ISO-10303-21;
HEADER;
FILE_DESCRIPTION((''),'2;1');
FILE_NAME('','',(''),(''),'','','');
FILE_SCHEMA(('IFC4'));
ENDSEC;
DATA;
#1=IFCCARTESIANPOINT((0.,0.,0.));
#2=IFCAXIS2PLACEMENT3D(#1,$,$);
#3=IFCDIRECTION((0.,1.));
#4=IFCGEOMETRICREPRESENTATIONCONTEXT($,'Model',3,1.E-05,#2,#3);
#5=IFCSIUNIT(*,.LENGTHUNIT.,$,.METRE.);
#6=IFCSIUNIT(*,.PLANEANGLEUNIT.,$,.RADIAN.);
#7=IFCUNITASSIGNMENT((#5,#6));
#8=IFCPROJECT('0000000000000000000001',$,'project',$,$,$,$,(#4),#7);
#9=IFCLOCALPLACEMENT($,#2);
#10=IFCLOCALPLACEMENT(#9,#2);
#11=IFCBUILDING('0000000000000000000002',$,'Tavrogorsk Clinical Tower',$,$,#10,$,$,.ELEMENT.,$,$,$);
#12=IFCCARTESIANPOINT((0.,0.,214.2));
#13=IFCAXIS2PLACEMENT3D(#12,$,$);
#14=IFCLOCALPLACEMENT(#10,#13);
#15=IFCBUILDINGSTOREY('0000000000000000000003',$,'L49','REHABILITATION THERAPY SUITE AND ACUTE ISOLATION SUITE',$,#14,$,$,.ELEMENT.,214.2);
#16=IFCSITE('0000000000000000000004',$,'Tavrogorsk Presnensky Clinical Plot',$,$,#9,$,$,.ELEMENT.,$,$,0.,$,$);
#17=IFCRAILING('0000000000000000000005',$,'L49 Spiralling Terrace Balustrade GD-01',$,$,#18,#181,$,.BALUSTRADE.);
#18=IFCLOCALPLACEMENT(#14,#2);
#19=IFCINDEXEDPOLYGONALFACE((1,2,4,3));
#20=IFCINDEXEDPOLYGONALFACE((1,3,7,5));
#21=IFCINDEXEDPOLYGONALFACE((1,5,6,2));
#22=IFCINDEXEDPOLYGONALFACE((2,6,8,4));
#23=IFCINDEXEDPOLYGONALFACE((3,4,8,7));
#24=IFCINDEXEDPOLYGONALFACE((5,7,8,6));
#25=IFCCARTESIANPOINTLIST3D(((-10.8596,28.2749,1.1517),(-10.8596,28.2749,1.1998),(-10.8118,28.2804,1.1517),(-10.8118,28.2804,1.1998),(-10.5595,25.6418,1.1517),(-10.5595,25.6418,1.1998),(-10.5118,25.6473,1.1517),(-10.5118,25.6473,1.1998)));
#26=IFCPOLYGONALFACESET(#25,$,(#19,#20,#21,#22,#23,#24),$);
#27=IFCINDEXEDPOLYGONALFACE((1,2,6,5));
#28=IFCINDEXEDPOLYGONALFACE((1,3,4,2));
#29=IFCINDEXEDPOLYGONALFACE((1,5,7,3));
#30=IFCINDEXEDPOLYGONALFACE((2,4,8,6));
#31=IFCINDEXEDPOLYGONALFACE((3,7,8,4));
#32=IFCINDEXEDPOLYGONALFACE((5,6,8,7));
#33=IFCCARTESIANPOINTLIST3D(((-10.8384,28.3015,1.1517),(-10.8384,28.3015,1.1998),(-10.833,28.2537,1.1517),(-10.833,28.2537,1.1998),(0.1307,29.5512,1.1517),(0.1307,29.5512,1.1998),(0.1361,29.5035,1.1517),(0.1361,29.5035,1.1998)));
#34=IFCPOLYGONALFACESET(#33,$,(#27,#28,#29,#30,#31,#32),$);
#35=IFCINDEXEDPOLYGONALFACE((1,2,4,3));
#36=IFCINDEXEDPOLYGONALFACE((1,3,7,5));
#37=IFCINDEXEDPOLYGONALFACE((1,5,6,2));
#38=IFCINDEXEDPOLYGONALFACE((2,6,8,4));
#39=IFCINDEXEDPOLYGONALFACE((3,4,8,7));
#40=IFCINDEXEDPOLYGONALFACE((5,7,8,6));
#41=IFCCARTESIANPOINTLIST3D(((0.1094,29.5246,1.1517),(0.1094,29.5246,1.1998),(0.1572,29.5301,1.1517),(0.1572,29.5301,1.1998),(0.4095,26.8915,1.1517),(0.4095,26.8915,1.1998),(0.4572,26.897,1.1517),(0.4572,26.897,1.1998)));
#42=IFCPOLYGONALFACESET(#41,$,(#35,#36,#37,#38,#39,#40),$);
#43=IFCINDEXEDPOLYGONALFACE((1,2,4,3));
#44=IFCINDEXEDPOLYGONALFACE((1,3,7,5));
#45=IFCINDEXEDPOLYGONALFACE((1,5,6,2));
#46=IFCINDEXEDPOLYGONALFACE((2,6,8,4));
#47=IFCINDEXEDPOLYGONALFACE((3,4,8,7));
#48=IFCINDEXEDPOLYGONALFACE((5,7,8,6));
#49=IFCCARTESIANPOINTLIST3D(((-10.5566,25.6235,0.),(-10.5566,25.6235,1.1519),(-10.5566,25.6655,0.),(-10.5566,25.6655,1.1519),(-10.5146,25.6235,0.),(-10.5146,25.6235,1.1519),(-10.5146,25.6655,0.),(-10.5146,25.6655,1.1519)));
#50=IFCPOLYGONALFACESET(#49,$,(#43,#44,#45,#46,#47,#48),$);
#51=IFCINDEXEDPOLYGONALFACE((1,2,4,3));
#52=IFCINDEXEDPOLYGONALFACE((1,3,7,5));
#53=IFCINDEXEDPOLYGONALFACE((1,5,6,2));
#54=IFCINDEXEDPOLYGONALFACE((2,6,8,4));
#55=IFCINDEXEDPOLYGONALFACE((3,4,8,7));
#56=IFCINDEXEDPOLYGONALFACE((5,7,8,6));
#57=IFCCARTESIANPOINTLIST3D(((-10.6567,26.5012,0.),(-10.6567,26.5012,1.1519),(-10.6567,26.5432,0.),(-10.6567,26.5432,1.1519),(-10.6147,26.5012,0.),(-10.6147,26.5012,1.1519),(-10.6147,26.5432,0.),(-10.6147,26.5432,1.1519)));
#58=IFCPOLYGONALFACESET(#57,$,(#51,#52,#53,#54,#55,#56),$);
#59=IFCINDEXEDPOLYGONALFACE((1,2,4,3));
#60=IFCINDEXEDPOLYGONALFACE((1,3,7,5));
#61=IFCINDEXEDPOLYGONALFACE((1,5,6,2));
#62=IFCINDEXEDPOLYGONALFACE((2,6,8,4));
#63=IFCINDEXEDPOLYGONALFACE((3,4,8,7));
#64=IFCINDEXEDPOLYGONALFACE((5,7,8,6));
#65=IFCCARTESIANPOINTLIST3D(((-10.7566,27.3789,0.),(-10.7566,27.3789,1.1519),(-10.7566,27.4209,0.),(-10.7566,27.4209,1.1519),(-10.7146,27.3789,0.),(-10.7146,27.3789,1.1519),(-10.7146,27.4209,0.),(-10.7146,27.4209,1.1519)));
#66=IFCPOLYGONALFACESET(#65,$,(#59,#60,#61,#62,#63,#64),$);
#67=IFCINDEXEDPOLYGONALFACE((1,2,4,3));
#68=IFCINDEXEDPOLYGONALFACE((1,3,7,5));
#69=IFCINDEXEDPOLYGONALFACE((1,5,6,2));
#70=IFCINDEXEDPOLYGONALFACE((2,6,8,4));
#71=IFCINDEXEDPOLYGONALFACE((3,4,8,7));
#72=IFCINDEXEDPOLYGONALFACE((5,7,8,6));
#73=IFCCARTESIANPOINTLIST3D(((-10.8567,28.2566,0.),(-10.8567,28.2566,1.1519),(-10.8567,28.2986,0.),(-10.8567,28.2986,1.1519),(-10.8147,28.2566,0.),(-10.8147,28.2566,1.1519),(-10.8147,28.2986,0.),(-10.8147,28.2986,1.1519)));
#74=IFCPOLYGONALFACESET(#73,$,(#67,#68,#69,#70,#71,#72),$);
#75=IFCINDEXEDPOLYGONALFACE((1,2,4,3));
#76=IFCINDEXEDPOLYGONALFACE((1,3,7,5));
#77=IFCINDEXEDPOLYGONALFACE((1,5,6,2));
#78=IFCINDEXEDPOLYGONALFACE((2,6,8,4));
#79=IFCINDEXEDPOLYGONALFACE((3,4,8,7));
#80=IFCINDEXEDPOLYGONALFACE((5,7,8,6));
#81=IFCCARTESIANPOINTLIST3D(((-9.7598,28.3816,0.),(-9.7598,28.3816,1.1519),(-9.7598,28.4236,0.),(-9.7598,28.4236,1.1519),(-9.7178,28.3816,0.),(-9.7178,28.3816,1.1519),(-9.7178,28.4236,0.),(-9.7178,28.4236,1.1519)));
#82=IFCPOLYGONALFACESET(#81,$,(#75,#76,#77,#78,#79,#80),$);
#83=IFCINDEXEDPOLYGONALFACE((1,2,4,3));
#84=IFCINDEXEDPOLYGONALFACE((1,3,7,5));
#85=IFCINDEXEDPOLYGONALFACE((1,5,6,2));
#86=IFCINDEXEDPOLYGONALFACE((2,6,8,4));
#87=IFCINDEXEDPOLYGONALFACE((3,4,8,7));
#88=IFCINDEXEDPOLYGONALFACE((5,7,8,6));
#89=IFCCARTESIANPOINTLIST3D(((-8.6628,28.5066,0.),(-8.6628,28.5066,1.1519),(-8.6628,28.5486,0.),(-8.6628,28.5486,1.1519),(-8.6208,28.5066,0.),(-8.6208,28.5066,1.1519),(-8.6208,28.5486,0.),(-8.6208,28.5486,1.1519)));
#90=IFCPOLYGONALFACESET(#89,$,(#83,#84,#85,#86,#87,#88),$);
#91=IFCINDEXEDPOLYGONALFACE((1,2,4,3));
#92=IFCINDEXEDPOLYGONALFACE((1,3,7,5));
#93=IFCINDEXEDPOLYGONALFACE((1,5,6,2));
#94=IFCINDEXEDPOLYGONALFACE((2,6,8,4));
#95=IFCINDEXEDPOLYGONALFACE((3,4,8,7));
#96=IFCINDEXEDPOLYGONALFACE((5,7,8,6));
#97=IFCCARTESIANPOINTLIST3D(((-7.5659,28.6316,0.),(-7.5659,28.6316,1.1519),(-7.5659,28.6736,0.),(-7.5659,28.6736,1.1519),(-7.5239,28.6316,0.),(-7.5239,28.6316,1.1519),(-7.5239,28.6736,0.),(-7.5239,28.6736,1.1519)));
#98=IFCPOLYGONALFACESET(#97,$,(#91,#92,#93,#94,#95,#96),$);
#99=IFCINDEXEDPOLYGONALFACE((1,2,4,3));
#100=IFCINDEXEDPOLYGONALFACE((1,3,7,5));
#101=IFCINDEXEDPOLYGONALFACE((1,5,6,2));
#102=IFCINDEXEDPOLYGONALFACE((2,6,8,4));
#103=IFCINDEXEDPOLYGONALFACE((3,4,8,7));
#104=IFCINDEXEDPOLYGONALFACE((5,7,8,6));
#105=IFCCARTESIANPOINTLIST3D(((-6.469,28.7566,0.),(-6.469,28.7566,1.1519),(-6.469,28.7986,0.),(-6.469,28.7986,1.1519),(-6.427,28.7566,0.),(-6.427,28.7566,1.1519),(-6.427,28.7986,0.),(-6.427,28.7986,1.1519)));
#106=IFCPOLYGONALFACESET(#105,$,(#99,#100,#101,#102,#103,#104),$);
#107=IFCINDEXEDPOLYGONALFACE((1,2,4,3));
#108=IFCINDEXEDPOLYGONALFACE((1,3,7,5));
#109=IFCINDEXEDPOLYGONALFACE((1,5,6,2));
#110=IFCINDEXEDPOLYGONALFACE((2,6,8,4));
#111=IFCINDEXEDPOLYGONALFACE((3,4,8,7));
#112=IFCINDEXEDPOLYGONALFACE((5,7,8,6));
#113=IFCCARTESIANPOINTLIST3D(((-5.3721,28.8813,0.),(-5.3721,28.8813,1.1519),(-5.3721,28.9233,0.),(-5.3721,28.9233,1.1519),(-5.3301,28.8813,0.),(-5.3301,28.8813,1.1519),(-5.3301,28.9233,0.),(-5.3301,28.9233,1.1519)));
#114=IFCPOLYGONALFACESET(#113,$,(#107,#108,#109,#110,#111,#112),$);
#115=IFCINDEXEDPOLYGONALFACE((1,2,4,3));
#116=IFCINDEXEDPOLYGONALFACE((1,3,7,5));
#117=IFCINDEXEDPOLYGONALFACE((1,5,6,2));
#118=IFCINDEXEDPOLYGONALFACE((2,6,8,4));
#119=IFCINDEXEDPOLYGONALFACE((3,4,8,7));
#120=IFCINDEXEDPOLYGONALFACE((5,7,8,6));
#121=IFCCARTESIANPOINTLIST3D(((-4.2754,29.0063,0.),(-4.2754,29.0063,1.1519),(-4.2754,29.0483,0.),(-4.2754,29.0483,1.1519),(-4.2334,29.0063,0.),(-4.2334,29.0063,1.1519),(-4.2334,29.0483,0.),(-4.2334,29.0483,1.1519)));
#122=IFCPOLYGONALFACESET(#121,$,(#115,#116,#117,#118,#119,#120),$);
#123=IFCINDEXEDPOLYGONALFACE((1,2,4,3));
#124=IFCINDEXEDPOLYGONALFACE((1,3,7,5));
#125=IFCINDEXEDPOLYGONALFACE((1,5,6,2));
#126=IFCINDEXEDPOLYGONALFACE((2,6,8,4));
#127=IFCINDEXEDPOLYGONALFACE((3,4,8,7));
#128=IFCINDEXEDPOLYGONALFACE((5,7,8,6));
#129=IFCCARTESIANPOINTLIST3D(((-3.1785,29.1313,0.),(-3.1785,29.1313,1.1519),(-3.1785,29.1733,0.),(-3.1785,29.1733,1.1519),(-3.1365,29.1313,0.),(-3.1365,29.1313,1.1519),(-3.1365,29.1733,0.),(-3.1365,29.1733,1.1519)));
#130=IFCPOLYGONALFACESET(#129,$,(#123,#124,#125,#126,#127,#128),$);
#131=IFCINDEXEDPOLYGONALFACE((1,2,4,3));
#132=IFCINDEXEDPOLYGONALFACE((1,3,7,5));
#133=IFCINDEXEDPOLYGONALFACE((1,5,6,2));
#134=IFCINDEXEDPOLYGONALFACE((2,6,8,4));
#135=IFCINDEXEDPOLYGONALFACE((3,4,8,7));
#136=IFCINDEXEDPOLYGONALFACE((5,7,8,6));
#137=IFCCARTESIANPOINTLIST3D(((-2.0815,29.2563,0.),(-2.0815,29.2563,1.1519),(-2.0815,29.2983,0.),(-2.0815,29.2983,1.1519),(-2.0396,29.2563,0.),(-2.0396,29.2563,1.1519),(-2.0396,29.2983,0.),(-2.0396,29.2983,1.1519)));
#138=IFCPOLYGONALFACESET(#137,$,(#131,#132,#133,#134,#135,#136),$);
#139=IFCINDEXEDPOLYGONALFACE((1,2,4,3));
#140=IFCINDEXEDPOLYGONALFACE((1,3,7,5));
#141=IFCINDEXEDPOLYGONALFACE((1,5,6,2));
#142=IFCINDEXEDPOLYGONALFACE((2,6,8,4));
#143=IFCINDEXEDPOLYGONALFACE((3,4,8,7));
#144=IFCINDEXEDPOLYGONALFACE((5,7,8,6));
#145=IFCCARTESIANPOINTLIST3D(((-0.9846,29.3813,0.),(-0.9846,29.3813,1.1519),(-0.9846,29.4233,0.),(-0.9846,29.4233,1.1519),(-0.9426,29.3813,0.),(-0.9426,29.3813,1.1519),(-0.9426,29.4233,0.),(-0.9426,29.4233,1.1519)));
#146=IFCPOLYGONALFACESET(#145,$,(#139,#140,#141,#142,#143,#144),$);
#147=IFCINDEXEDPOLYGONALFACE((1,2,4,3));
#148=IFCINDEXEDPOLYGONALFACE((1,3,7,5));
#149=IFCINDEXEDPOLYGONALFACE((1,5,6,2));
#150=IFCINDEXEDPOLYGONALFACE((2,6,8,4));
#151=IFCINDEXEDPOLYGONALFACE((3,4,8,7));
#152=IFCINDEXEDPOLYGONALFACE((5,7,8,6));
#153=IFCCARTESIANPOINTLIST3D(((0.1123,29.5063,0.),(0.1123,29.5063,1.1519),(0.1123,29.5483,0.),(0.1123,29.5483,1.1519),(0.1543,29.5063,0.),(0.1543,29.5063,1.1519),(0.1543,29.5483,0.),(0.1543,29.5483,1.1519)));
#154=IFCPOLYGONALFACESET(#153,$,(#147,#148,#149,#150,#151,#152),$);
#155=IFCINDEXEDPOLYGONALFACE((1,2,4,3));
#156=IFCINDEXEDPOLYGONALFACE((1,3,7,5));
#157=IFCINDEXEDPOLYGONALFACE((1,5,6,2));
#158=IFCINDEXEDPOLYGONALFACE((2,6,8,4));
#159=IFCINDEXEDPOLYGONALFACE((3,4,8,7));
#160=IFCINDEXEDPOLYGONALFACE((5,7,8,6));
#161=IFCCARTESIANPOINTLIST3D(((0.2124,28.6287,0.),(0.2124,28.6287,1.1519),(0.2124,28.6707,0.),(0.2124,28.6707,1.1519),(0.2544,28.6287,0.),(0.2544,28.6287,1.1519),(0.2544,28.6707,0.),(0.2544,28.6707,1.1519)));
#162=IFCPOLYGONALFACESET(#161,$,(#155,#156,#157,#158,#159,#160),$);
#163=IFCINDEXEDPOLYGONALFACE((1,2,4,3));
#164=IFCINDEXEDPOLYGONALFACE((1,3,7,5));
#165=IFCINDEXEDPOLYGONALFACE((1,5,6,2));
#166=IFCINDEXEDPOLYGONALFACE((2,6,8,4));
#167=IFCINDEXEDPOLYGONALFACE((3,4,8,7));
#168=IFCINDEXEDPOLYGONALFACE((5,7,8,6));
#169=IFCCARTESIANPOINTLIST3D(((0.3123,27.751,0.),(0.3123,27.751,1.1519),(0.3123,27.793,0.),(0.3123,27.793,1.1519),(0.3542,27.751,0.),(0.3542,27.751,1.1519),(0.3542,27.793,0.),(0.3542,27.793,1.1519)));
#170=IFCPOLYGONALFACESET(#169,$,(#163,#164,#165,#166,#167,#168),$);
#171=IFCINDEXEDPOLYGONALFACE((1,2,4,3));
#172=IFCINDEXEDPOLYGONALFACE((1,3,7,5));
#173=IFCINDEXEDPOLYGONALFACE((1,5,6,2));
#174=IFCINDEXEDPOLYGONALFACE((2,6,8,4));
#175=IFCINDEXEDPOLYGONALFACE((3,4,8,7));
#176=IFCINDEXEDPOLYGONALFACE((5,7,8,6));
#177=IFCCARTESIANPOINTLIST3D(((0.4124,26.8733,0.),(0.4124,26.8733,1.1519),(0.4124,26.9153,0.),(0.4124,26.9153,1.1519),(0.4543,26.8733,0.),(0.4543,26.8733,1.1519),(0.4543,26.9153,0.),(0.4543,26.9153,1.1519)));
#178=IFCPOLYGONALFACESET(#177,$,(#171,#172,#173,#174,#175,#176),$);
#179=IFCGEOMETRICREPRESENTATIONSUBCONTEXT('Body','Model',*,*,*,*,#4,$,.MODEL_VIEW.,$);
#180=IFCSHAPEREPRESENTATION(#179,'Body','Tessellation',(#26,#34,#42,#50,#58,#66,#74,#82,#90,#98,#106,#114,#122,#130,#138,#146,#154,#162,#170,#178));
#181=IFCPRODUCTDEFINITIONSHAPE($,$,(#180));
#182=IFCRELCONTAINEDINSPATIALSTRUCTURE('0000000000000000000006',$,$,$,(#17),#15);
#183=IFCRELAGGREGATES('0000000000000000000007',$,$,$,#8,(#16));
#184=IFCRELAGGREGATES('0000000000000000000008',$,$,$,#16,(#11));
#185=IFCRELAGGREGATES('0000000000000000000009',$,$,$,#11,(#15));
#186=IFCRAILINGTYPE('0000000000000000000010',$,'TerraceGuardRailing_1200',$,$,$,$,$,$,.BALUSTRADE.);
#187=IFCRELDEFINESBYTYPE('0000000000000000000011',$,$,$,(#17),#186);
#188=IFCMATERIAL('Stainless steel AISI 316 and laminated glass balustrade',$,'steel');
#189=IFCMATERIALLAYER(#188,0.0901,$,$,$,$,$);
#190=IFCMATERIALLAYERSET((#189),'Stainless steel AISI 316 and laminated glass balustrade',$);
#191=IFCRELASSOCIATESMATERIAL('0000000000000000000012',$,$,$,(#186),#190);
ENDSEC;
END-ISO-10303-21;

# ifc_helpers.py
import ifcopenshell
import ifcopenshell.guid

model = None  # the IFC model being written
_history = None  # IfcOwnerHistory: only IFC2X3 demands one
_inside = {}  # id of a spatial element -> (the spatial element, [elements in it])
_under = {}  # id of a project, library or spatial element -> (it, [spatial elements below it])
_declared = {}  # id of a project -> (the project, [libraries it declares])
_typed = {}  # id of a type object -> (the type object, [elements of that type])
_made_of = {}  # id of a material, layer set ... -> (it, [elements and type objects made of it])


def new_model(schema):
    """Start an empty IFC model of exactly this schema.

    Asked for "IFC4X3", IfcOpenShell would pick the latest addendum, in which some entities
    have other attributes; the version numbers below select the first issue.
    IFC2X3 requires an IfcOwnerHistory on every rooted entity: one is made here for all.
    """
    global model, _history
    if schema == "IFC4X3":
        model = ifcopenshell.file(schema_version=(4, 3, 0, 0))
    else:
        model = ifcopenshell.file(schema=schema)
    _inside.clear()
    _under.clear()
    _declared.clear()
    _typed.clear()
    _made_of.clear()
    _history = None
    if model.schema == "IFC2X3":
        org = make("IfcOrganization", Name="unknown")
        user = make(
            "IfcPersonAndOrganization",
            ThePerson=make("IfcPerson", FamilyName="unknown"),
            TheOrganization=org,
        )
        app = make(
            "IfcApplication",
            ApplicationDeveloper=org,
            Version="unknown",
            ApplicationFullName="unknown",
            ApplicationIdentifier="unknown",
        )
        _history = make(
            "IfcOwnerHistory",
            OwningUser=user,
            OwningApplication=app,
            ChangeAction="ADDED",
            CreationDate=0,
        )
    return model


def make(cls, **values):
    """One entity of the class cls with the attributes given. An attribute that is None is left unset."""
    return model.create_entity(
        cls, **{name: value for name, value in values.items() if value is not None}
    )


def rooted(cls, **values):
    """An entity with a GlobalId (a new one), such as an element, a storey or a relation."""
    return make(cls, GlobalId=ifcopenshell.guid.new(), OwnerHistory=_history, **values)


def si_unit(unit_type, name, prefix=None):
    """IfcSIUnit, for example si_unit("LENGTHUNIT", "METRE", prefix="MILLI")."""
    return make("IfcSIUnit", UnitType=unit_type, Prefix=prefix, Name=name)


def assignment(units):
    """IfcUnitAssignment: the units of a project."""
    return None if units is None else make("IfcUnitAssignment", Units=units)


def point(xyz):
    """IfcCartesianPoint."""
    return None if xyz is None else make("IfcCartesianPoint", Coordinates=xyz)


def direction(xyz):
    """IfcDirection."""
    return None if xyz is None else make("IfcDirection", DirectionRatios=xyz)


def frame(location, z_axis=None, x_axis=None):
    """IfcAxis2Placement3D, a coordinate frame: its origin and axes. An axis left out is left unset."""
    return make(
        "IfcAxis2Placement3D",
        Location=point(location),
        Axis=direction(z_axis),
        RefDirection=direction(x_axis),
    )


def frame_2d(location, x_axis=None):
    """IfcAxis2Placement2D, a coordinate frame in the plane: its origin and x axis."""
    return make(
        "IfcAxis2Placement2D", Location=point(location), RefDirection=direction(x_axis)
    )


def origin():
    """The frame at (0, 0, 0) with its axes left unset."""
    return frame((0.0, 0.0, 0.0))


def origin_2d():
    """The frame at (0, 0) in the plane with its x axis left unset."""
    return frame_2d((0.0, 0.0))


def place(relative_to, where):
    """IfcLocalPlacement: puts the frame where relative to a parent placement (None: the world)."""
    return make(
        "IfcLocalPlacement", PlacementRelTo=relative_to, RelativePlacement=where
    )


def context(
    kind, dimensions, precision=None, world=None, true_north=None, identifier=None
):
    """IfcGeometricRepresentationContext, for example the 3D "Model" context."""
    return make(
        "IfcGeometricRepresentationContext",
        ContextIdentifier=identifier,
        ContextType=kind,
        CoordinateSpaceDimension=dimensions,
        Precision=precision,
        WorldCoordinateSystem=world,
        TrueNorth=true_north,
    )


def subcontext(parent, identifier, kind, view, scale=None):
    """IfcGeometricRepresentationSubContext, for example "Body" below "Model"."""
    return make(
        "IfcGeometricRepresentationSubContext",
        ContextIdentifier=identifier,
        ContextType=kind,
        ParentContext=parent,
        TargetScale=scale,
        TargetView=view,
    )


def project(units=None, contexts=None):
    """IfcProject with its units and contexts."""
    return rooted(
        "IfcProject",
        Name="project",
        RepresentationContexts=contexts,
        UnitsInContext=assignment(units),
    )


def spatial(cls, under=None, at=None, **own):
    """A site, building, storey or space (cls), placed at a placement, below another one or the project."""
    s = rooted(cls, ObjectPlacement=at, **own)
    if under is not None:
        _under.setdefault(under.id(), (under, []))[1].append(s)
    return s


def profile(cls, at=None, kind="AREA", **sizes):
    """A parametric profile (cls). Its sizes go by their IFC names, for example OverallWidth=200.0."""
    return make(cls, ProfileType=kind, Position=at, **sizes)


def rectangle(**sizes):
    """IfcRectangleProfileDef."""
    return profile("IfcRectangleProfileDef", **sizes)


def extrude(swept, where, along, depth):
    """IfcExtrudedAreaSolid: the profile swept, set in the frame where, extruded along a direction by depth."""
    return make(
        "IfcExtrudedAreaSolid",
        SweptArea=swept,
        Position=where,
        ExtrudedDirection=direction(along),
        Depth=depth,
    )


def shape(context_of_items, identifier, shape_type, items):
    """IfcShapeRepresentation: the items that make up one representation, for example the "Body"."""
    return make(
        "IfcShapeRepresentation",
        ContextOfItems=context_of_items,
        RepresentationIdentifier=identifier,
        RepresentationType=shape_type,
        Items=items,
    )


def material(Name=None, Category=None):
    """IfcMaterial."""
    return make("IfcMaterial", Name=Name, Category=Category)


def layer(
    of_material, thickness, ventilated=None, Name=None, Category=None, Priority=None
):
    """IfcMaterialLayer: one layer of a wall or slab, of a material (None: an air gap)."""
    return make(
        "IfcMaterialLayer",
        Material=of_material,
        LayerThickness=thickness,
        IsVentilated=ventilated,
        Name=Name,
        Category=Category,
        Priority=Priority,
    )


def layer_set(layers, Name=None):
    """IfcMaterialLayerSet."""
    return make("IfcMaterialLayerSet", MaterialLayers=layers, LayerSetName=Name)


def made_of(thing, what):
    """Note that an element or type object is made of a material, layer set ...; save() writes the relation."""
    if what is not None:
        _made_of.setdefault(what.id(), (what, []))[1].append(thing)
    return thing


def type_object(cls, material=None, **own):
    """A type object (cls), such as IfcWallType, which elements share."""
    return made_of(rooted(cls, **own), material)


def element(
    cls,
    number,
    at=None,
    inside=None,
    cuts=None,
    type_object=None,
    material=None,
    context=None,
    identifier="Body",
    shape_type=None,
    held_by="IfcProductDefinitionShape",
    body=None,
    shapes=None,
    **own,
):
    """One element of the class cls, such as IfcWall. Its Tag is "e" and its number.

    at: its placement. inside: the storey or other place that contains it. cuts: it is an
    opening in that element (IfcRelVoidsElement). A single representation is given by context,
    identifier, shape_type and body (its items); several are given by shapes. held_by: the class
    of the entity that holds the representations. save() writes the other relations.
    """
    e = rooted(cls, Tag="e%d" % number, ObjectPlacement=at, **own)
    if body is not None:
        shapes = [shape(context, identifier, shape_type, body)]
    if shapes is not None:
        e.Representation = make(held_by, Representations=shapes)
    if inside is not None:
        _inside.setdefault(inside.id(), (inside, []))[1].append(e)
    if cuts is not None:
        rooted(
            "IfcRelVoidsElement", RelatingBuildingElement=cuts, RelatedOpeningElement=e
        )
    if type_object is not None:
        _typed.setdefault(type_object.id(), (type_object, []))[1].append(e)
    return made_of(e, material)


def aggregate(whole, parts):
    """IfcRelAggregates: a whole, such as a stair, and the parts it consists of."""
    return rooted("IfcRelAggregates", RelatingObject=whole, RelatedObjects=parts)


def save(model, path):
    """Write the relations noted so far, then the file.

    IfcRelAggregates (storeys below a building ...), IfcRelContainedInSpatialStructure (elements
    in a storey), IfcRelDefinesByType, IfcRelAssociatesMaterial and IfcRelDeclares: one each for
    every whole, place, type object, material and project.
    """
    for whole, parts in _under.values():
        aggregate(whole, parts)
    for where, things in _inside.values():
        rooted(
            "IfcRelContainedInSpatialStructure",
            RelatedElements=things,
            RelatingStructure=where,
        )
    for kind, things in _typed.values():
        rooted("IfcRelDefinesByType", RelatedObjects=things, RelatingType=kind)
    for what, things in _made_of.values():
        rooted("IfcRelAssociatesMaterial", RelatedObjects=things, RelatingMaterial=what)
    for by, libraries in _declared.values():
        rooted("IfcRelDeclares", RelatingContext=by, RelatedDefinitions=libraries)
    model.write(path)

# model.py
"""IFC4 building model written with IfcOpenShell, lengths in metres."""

from ifc_helpers import new_model, si_unit, direction, frame, origin, origin_2d, place, context, subcontext, project, spatial, rectangle, extrude, material, layer, layer_set, type_object, element, save


model = new_model("IFC4")

# Units and contexts
model_context = context("Model", 3, precision=1e-05, world=origin(), true_north=direction((0.0, 1.0)))
body_context = subcontext(model_context, "Body", "Model", "MODEL_VIEW")
ifc_project = project(units=[si_unit("LENGTHUNIT", "METRE"), si_unit("PLANEANGLEUNIT", "RADIAN")], contexts=[model_context])

# Site, building, storey
site_placement = place(None, origin())
site = spatial("IfcSite", under=ifc_project, at=site_placement, Name="Tavrogorsk Presnensky Clinical Plot", CompositionType="ELEMENT", RefElevation=0.0)
building_placement = place(site_placement, origin())
building = spatial("IfcBuilding", under=site, at=building_placement, Name="Tavrogorsk Clinical Tower", CompositionType="ELEMENT")
storey_placement = place(building_placement, frame((0.0, 0.0, 214.2)))
storey = spatial("IfcBuildingStorey", under=building, at=storey_placement, Name="L49", Description="REHABILITATION THERAPY SUITE AND ACUTE ISOLATION SUITE", CompositionType="ELEMENT", Elevation=214.2)

# Railing
ifc_material_1 = material(Name="Stainless steel AISI 316 and laminated glass balustrade", Category="steel")
ifc_layer_1 = layer(ifc_material_1, 0.0901)
ifc_layer_set_1 = layer_set([ifc_layer_1], Name="Stainless steel AISI 316 and laminated glass balustrade")
railing_type = type_object("IfcRailingType", Name="TerraceGuardRailing_1200", PredefinedType="BALUSTRADE", material=ifc_layer_set_1)
railing_placement = place(storey_placement, frame((-10.5356, 25.6445, 0.0)))
element("IfcRailing", 1, at=railing_placement, inside=storey, type_object=railing_type, Name="L49 Spiralling Terrace Balustrade GD-01", PredefinedType="BALUSTRADE", context=body_context, shape_type="SweptSolid", body=[
    extrude(rectangle(XDim=0.0481, YDim=0.0481, at=origin_2d()), frame((0.0, 0.0, 1.1758), z_axis=(-0.113222, 0.99357, 0.0), x_axis=(-0.99357, -0.113222, 0.0)), (0.0, 0.0, 1.0), 2.6501),
    extrude(rectangle(XDim=0.0481, YDim=0.0481, at=origin_2d()), frame((-0.3, 2.6331, 1.1758), z_axis=(0.993572, 0.113203, 0.0), x_axis=(-0.113203, 0.993572, 0.0)), (0.0, 0.0, 1.0), 11.04),
    extrude(rectangle(XDim=0.0481, YDim=0.0481, at=origin_2d()), frame((10.6689, 3.8828, 1.1758), z_axis=(0.113222, -0.99357, 0.0), x_axis=(0.99357, 0.113222, 0.0)), (0.0, 0.0, 1.0), 2.6501),
    extrude(rectangle(XDim=0.042, YDim=0.042, at=origin_2d()), origin(), (0.0, 0.0, 1.0), 1.1519),
    extrude(rectangle(XDim=0.042, YDim=0.042, at=origin_2d()), frame((-0.1001, 0.8777, 0.0)), (0.0, 0.0, 1.0), 1.1519),
    extrude(rectangle(XDim=0.042, YDim=0.042, at=origin_2d()), frame((-0.2, 1.7554, 0.0)), (0.0, 0.0, 1.0), 1.1519),
    extrude(rectangle(XDim=0.042, YDim=0.042, at=origin_2d()), frame((-0.3, 2.6331, 0.0)), (0.0, 0.0, 1.0), 1.1519),
    extrude(rectangle(XDim=0.042, YDim=0.042, at=origin_2d()), frame((0.7969, 2.7581, 0.0)), (0.0, 0.0, 1.0), 1.1519),
    extrude(rectangle(XDim=0.042, YDim=0.042, at=origin_2d()), frame((1.8938, 2.8831, 0.0)), (0.0, 0.0, 1.0), 1.1519),
    extrude(rectangle(XDim=0.042, YDim=0.042, at=origin_2d()), frame((2.9907, 3.0081, 0.0)), (0.0, 0.0, 1.0), 1.1519),
    extrude(rectangle(XDim=0.042, YDim=0.042, at=origin_2d()), frame((4.0876, 3.1331, 0.0)), (0.0, 0.0, 1.0), 1.1519),
    extrude(rectangle(XDim=0.042, YDim=0.042, at=origin_2d()), frame((5.1846, 3.2578, 0.0)), (0.0, 0.0, 1.0), 1.1519),
    extrude(rectangle(XDim=0.042, YDim=0.042, at=origin_2d()), frame((6.2812, 3.3828, 0.0)), (0.0, 0.0, 1.0), 1.1519),
    extrude(rectangle(XDim=0.042, YDim=0.042, at=origin_2d()), frame((7.3782, 3.5078, 0.0)), (0.0, 0.0, 1.0), 1.1519),
    extrude(rectangle(XDim=0.042, YDim=0.042, at=origin_2d()), frame((8.4751, 3.6328, 0.0)), (0.0, 0.0, 1.0), 1.1519),
    extrude(rectangle(XDim=0.042, YDim=0.042, at=origin_2d()), frame((9.572, 3.7578, 0.0)), (0.0, 0.0, 1.0), 1.1519),
    extrude(rectangle(XDim=0.042, YDim=0.042, at=origin_2d()), frame((10.6689, 3.8828, 0.0)), (0.0, 0.0, 1.0), 1.1519),
    extrude(rectangle(XDim=0.042, YDim=0.042, at=origin_2d()), frame((10.769, 3.0051, 0.0)), (0.0, 0.0, 1.0), 1.1519),
    extrude(rectangle(XDim=0.042, YDim=0.042, at=origin_2d()), frame((10.8689, 2.1274, 0.0)), (0.0, 0.0, 1.0), 1.1519),
    extrude(rectangle(XDim=0.042, YDim=0.042, at=origin_2d()), frame((10.969, 1.2498, 0.0)), (0.0, 0.0, 1.0), 1.1519),
])

save(model, "model.ifc")
